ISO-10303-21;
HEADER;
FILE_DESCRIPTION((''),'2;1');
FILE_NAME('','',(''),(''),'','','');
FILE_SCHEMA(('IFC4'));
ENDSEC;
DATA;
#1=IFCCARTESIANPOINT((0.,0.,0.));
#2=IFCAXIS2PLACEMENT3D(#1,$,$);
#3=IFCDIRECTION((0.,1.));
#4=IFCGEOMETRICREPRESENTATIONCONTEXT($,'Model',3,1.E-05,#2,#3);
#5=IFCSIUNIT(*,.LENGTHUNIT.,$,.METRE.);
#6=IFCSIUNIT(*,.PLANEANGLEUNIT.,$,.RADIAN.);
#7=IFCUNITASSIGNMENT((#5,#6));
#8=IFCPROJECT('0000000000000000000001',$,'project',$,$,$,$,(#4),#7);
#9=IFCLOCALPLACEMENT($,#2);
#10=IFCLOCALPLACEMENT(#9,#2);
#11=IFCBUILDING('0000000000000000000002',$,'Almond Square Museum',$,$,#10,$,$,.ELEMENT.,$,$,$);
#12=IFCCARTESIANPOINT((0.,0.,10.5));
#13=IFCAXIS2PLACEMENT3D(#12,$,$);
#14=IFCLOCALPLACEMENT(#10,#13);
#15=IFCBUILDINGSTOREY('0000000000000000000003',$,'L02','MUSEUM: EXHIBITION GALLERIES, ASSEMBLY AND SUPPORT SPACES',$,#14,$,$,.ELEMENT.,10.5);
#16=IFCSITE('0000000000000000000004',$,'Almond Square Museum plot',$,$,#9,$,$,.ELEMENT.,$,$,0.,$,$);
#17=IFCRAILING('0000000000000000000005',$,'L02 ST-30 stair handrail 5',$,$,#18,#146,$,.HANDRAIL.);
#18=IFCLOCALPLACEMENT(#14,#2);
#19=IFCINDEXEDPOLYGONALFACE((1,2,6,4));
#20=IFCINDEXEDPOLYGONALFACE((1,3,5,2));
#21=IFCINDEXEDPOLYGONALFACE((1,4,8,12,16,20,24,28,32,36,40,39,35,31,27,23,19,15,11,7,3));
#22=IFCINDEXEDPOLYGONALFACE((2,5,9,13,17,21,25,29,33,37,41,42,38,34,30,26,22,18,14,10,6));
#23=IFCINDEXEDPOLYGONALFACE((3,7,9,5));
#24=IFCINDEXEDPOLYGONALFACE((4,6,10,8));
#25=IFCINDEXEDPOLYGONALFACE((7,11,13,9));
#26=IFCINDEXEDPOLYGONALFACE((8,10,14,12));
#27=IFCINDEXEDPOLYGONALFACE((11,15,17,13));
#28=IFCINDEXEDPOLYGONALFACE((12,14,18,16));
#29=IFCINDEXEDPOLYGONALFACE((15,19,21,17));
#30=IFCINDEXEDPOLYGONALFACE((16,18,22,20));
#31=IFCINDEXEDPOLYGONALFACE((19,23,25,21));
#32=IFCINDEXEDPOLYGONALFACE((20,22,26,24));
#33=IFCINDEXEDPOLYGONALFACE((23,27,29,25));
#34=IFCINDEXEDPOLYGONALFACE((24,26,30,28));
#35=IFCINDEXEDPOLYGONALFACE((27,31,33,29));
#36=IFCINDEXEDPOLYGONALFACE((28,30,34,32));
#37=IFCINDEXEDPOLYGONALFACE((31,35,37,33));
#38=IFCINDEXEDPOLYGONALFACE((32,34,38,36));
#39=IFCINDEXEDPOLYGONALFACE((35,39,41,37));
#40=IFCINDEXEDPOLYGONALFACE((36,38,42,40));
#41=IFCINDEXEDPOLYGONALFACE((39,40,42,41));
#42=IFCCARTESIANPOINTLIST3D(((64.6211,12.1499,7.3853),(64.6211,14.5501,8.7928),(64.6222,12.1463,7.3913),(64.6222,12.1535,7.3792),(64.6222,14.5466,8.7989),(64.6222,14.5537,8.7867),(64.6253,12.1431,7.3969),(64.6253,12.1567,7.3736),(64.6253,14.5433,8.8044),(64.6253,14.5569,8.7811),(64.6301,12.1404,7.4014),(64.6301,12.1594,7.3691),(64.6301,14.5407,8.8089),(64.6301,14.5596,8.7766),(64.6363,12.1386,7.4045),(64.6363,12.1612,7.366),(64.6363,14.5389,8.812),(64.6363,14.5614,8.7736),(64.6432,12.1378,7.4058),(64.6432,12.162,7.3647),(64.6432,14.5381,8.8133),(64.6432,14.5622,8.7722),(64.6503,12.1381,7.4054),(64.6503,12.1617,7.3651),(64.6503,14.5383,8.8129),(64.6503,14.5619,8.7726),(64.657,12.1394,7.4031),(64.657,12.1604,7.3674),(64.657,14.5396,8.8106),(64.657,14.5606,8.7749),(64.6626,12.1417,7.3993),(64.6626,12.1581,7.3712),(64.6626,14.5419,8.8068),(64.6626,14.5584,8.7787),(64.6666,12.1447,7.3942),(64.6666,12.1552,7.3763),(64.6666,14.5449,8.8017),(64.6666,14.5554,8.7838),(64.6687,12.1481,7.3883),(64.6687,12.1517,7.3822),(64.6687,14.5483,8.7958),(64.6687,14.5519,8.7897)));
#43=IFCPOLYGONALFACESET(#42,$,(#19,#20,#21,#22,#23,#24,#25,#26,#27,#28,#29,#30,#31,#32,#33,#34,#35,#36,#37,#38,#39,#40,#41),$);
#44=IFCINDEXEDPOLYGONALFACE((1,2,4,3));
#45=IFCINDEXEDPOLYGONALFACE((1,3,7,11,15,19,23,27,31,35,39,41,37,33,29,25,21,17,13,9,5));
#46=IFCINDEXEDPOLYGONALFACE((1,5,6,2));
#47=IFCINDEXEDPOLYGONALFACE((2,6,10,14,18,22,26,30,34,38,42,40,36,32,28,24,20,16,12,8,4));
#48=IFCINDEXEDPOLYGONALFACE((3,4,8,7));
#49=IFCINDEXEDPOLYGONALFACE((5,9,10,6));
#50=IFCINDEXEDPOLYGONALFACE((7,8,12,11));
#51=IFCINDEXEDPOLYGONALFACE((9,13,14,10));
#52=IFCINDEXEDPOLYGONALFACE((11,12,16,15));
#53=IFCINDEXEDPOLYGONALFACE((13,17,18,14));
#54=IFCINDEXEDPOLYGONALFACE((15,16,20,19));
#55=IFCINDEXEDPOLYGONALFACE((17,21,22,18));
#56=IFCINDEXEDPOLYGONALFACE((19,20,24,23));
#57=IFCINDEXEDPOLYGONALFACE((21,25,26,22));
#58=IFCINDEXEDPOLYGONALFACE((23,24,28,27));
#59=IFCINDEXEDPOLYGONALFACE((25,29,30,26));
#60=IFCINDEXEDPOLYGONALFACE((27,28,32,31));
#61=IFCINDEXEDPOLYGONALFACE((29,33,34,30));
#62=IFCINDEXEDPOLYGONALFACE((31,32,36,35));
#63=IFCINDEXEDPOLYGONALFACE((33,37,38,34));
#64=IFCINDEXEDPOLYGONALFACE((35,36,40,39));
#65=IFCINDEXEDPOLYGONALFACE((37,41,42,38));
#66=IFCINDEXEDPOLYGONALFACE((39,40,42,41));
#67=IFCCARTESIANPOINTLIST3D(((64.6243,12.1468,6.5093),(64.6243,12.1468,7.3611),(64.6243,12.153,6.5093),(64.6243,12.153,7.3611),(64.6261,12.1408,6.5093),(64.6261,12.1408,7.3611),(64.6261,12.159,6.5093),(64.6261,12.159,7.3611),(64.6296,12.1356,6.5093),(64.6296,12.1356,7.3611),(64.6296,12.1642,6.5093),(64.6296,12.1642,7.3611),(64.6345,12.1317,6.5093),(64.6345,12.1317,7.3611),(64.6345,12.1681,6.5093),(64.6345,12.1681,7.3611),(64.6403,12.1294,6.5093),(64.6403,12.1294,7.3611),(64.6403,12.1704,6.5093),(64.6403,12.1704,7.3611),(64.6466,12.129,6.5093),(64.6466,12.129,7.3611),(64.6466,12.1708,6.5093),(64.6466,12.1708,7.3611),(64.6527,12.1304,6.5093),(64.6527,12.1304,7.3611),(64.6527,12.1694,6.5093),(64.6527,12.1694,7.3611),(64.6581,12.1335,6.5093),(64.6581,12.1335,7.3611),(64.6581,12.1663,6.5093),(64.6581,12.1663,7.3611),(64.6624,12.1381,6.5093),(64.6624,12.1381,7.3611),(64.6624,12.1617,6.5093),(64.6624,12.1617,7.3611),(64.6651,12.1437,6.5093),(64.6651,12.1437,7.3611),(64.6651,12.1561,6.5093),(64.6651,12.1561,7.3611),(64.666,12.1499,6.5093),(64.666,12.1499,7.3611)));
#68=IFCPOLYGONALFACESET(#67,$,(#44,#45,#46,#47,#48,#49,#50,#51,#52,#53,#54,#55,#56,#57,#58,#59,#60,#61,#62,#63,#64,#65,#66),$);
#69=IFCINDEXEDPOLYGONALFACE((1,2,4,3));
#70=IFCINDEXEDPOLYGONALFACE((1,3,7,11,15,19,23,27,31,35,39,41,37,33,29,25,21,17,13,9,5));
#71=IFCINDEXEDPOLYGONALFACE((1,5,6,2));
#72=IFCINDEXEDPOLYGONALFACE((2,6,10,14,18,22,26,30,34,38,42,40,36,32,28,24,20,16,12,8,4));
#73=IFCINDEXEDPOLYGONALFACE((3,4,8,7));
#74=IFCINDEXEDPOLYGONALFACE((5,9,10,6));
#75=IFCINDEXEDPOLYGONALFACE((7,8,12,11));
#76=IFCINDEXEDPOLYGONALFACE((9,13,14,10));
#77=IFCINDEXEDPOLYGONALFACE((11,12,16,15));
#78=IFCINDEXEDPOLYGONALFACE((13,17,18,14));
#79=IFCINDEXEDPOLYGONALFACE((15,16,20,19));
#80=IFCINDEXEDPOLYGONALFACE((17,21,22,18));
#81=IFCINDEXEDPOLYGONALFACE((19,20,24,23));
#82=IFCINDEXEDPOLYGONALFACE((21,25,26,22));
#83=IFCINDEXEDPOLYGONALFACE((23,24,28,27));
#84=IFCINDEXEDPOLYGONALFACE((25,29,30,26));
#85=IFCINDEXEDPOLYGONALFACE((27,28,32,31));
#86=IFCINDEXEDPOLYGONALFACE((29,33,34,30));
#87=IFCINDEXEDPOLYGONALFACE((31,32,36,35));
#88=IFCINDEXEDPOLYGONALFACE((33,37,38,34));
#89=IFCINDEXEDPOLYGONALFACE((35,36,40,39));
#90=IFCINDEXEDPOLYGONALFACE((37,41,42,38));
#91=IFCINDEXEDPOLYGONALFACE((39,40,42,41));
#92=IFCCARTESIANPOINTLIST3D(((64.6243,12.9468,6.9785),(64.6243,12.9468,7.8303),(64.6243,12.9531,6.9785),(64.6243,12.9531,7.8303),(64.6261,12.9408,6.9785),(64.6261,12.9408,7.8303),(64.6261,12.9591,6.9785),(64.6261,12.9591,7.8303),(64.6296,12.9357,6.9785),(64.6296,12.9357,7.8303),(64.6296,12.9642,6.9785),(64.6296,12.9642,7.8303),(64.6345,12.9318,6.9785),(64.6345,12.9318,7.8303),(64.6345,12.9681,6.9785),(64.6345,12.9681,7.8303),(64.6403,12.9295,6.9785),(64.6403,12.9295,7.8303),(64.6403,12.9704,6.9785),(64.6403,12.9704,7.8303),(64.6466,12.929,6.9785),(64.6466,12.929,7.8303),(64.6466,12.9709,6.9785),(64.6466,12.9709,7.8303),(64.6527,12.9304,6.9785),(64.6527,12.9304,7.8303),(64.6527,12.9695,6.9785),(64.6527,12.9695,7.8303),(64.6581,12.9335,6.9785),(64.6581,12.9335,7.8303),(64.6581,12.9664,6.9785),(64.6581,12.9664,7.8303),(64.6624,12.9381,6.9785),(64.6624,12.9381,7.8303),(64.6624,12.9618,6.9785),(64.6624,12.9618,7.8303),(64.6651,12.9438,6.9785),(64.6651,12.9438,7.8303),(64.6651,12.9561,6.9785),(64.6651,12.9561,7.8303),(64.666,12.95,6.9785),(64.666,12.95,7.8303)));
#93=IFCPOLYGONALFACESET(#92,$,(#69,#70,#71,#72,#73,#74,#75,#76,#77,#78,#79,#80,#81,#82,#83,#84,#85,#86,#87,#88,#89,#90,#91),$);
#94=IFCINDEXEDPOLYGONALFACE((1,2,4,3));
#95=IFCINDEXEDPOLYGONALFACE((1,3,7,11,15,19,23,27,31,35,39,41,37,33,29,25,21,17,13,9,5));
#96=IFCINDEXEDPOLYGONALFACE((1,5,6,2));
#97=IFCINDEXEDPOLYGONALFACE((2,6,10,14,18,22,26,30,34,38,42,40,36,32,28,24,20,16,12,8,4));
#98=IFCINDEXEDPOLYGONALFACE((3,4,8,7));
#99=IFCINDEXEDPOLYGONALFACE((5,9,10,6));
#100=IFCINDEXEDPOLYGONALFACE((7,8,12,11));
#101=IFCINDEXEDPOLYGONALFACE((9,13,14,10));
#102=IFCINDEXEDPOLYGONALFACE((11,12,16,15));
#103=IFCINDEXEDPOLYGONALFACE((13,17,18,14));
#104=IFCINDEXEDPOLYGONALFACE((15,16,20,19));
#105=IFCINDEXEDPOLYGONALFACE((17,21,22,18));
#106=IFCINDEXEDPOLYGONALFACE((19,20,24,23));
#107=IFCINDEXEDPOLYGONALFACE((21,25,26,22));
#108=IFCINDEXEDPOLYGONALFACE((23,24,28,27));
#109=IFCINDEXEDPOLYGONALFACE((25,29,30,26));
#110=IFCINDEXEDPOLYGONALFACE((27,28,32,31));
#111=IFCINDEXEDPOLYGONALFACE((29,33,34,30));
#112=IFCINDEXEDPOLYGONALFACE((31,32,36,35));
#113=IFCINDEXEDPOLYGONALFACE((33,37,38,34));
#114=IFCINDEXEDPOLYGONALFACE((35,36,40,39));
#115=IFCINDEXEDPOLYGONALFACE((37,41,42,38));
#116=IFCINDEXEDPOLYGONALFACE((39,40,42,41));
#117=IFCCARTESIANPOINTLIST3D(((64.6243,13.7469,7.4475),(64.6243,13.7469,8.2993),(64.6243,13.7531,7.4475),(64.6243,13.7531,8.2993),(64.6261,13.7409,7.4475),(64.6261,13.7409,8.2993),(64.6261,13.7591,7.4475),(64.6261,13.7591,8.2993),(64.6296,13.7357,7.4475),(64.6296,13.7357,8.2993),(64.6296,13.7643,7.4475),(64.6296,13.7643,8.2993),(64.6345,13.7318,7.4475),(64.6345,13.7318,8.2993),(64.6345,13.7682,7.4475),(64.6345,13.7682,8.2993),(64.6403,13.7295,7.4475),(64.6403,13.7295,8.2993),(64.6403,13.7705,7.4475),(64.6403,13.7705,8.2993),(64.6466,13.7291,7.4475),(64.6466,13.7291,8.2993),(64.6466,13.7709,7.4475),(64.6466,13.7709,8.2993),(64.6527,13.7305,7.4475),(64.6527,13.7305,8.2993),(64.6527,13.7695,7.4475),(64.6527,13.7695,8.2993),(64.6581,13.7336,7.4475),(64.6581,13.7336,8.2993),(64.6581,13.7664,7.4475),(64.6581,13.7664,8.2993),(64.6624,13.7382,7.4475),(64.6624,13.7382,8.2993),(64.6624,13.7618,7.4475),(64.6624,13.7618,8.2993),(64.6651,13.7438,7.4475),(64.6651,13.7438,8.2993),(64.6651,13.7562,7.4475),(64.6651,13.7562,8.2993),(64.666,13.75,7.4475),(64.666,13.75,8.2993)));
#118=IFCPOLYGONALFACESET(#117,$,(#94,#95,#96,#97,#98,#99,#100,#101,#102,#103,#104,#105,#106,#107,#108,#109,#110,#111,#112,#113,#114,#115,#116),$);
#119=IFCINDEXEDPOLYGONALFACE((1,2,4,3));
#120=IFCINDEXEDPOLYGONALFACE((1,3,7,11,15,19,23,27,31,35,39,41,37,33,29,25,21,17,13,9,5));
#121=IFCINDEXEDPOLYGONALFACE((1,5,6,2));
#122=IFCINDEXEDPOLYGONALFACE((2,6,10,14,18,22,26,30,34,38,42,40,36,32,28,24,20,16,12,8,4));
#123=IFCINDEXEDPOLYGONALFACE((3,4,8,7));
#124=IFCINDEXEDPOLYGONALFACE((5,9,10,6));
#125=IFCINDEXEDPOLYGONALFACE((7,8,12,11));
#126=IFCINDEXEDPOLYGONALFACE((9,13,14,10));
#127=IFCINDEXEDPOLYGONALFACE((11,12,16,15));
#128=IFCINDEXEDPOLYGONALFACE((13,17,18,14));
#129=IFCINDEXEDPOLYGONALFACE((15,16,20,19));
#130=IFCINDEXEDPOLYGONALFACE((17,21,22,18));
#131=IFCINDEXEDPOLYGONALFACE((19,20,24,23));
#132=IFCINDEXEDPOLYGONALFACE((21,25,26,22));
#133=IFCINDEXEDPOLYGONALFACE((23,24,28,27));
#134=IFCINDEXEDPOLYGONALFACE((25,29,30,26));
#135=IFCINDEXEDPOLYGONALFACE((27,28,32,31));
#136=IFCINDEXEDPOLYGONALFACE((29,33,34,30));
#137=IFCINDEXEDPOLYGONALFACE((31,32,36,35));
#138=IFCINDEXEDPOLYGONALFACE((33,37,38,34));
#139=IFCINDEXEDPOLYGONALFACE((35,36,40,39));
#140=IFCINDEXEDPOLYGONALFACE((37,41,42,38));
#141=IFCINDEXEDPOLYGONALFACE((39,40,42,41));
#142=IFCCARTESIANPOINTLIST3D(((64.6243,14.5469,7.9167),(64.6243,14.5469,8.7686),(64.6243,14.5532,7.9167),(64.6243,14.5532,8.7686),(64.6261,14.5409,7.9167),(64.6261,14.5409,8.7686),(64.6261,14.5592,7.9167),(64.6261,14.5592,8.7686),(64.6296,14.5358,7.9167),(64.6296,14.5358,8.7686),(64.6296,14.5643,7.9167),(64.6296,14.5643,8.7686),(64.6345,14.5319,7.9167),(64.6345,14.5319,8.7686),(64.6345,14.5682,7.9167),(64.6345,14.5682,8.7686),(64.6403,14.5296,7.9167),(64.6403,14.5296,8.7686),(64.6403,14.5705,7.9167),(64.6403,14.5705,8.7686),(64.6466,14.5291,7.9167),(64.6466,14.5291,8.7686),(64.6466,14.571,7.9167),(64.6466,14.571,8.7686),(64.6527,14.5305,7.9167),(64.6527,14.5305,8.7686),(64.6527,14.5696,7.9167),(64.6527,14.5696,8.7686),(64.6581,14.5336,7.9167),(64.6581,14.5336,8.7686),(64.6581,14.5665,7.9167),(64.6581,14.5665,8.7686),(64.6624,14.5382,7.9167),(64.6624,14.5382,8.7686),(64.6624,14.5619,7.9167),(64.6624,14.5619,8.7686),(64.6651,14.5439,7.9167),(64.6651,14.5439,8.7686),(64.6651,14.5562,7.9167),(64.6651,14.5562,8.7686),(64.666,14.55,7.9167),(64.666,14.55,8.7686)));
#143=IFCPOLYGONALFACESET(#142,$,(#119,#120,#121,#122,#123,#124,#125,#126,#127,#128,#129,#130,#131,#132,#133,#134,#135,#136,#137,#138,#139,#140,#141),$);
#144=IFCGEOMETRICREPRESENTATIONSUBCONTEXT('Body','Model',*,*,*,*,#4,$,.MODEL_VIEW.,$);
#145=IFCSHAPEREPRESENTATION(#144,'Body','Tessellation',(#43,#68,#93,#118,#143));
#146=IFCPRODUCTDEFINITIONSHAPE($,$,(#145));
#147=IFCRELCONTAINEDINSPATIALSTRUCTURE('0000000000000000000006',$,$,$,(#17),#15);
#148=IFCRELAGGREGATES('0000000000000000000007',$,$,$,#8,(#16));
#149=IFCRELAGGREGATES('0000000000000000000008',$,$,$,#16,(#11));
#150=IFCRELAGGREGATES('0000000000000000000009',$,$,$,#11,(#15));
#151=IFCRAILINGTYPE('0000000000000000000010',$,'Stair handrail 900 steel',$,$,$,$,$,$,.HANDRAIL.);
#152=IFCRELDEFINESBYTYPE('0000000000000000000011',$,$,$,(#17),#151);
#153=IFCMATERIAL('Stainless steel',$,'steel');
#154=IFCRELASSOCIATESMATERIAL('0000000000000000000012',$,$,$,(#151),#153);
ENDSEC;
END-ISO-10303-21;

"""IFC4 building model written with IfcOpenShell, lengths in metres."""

from ifc_helpers import new_model, si_unit, direction, frame, origin, origin_2d, place, context, subcontext, project, spatial, circle, extrude, material, type_object, element, save


model = new_model("IFC4")

# Units and contexts
model_context = context("Model", 3, precision=1e-05, world=origin(), true_north=direction((0.0, 1.0)))
body_context = subcontext(model_context, "Body", "Model", "MODEL_VIEW")
ifc_project = project(units=[si_unit("LENGTHUNIT", "METRE"), si_unit("PLANEANGLEUNIT", "RADIAN")], contexts=[model_context])

# Site, building, storey
site_placement = place(None, origin())
site = spatial("IfcSite", under=ifc_project, at=site_placement, Name="Almond Square Museum plot", CompositionType="ELEMENT", RefElevation=0.0)
building_placement = place(site_placement, origin())
building = spatial("IfcBuilding", under=site, at=building_placement, Name="Almond Square Museum", CompositionType="ELEMENT")
storey_placement = place(building_placement, frame((0.0, 0.0, 10.5)))
storey = spatial("IfcBuildingStorey", under=building, at=storey_placement, Name="L02", Description="MUSEUM: EXHIBITION GALLERIES, ASSEMBLY AND SUPPORT SPACES", CompositionType="ELEMENT", Elevation=10.5)

# Railing
ifc_material_1 = material(Name="Stainless steel", Category="steel")
railing_type_1 = type_object("IfcRailingType", Name="Stair handrail 900 steel", PredefinedType="HANDRAIL", material=ifc_material_1)
for number, where, name in (
    (1, (64.645, 12.1499, 6.5093), "L02 ST-30 stair handrail 5"),
):
    element("IfcRailing", number, at=place(storey_placement, frame(where)), inside=storey, type_object=railing_type_1, Name=name, PredefinedType="HANDRAIL", context=body_context, shape_type="SweptSolid", body=[
        extrude(circle(Radius=0.0239, at=origin_2d()), frame((0.0, 0.0, 0.876), z_axis=(0.0, 0.862621, 0.50585), x_axis=(-1.0, 0.0, 0.0)), (0.0, 0.0, 1.0), 2.7825),
        extrude(circle(Radius=0.021, at=origin_2d()), origin(), (0.0, 0.0, 1.0), 0.8518),
        extrude(circle(Radius=0.021, at=origin_2d()), frame((0.0, 0.8, 0.4692)), (0.0, 0.0, 1.0), 0.8518),
        extrude(circle(Radius=0.021, at=origin_2d()), frame((0.0, 1.6001, 0.9382)), (0.0, 0.0, 1.0), 0.8518),
        extrude(circle(Radius=0.021, at=origin_2d()), frame((0.0, 2.4001, 1.4075)), (0.0, 0.0, 1.0), 0.8518),
    ])

save(model, "model.ifc")
